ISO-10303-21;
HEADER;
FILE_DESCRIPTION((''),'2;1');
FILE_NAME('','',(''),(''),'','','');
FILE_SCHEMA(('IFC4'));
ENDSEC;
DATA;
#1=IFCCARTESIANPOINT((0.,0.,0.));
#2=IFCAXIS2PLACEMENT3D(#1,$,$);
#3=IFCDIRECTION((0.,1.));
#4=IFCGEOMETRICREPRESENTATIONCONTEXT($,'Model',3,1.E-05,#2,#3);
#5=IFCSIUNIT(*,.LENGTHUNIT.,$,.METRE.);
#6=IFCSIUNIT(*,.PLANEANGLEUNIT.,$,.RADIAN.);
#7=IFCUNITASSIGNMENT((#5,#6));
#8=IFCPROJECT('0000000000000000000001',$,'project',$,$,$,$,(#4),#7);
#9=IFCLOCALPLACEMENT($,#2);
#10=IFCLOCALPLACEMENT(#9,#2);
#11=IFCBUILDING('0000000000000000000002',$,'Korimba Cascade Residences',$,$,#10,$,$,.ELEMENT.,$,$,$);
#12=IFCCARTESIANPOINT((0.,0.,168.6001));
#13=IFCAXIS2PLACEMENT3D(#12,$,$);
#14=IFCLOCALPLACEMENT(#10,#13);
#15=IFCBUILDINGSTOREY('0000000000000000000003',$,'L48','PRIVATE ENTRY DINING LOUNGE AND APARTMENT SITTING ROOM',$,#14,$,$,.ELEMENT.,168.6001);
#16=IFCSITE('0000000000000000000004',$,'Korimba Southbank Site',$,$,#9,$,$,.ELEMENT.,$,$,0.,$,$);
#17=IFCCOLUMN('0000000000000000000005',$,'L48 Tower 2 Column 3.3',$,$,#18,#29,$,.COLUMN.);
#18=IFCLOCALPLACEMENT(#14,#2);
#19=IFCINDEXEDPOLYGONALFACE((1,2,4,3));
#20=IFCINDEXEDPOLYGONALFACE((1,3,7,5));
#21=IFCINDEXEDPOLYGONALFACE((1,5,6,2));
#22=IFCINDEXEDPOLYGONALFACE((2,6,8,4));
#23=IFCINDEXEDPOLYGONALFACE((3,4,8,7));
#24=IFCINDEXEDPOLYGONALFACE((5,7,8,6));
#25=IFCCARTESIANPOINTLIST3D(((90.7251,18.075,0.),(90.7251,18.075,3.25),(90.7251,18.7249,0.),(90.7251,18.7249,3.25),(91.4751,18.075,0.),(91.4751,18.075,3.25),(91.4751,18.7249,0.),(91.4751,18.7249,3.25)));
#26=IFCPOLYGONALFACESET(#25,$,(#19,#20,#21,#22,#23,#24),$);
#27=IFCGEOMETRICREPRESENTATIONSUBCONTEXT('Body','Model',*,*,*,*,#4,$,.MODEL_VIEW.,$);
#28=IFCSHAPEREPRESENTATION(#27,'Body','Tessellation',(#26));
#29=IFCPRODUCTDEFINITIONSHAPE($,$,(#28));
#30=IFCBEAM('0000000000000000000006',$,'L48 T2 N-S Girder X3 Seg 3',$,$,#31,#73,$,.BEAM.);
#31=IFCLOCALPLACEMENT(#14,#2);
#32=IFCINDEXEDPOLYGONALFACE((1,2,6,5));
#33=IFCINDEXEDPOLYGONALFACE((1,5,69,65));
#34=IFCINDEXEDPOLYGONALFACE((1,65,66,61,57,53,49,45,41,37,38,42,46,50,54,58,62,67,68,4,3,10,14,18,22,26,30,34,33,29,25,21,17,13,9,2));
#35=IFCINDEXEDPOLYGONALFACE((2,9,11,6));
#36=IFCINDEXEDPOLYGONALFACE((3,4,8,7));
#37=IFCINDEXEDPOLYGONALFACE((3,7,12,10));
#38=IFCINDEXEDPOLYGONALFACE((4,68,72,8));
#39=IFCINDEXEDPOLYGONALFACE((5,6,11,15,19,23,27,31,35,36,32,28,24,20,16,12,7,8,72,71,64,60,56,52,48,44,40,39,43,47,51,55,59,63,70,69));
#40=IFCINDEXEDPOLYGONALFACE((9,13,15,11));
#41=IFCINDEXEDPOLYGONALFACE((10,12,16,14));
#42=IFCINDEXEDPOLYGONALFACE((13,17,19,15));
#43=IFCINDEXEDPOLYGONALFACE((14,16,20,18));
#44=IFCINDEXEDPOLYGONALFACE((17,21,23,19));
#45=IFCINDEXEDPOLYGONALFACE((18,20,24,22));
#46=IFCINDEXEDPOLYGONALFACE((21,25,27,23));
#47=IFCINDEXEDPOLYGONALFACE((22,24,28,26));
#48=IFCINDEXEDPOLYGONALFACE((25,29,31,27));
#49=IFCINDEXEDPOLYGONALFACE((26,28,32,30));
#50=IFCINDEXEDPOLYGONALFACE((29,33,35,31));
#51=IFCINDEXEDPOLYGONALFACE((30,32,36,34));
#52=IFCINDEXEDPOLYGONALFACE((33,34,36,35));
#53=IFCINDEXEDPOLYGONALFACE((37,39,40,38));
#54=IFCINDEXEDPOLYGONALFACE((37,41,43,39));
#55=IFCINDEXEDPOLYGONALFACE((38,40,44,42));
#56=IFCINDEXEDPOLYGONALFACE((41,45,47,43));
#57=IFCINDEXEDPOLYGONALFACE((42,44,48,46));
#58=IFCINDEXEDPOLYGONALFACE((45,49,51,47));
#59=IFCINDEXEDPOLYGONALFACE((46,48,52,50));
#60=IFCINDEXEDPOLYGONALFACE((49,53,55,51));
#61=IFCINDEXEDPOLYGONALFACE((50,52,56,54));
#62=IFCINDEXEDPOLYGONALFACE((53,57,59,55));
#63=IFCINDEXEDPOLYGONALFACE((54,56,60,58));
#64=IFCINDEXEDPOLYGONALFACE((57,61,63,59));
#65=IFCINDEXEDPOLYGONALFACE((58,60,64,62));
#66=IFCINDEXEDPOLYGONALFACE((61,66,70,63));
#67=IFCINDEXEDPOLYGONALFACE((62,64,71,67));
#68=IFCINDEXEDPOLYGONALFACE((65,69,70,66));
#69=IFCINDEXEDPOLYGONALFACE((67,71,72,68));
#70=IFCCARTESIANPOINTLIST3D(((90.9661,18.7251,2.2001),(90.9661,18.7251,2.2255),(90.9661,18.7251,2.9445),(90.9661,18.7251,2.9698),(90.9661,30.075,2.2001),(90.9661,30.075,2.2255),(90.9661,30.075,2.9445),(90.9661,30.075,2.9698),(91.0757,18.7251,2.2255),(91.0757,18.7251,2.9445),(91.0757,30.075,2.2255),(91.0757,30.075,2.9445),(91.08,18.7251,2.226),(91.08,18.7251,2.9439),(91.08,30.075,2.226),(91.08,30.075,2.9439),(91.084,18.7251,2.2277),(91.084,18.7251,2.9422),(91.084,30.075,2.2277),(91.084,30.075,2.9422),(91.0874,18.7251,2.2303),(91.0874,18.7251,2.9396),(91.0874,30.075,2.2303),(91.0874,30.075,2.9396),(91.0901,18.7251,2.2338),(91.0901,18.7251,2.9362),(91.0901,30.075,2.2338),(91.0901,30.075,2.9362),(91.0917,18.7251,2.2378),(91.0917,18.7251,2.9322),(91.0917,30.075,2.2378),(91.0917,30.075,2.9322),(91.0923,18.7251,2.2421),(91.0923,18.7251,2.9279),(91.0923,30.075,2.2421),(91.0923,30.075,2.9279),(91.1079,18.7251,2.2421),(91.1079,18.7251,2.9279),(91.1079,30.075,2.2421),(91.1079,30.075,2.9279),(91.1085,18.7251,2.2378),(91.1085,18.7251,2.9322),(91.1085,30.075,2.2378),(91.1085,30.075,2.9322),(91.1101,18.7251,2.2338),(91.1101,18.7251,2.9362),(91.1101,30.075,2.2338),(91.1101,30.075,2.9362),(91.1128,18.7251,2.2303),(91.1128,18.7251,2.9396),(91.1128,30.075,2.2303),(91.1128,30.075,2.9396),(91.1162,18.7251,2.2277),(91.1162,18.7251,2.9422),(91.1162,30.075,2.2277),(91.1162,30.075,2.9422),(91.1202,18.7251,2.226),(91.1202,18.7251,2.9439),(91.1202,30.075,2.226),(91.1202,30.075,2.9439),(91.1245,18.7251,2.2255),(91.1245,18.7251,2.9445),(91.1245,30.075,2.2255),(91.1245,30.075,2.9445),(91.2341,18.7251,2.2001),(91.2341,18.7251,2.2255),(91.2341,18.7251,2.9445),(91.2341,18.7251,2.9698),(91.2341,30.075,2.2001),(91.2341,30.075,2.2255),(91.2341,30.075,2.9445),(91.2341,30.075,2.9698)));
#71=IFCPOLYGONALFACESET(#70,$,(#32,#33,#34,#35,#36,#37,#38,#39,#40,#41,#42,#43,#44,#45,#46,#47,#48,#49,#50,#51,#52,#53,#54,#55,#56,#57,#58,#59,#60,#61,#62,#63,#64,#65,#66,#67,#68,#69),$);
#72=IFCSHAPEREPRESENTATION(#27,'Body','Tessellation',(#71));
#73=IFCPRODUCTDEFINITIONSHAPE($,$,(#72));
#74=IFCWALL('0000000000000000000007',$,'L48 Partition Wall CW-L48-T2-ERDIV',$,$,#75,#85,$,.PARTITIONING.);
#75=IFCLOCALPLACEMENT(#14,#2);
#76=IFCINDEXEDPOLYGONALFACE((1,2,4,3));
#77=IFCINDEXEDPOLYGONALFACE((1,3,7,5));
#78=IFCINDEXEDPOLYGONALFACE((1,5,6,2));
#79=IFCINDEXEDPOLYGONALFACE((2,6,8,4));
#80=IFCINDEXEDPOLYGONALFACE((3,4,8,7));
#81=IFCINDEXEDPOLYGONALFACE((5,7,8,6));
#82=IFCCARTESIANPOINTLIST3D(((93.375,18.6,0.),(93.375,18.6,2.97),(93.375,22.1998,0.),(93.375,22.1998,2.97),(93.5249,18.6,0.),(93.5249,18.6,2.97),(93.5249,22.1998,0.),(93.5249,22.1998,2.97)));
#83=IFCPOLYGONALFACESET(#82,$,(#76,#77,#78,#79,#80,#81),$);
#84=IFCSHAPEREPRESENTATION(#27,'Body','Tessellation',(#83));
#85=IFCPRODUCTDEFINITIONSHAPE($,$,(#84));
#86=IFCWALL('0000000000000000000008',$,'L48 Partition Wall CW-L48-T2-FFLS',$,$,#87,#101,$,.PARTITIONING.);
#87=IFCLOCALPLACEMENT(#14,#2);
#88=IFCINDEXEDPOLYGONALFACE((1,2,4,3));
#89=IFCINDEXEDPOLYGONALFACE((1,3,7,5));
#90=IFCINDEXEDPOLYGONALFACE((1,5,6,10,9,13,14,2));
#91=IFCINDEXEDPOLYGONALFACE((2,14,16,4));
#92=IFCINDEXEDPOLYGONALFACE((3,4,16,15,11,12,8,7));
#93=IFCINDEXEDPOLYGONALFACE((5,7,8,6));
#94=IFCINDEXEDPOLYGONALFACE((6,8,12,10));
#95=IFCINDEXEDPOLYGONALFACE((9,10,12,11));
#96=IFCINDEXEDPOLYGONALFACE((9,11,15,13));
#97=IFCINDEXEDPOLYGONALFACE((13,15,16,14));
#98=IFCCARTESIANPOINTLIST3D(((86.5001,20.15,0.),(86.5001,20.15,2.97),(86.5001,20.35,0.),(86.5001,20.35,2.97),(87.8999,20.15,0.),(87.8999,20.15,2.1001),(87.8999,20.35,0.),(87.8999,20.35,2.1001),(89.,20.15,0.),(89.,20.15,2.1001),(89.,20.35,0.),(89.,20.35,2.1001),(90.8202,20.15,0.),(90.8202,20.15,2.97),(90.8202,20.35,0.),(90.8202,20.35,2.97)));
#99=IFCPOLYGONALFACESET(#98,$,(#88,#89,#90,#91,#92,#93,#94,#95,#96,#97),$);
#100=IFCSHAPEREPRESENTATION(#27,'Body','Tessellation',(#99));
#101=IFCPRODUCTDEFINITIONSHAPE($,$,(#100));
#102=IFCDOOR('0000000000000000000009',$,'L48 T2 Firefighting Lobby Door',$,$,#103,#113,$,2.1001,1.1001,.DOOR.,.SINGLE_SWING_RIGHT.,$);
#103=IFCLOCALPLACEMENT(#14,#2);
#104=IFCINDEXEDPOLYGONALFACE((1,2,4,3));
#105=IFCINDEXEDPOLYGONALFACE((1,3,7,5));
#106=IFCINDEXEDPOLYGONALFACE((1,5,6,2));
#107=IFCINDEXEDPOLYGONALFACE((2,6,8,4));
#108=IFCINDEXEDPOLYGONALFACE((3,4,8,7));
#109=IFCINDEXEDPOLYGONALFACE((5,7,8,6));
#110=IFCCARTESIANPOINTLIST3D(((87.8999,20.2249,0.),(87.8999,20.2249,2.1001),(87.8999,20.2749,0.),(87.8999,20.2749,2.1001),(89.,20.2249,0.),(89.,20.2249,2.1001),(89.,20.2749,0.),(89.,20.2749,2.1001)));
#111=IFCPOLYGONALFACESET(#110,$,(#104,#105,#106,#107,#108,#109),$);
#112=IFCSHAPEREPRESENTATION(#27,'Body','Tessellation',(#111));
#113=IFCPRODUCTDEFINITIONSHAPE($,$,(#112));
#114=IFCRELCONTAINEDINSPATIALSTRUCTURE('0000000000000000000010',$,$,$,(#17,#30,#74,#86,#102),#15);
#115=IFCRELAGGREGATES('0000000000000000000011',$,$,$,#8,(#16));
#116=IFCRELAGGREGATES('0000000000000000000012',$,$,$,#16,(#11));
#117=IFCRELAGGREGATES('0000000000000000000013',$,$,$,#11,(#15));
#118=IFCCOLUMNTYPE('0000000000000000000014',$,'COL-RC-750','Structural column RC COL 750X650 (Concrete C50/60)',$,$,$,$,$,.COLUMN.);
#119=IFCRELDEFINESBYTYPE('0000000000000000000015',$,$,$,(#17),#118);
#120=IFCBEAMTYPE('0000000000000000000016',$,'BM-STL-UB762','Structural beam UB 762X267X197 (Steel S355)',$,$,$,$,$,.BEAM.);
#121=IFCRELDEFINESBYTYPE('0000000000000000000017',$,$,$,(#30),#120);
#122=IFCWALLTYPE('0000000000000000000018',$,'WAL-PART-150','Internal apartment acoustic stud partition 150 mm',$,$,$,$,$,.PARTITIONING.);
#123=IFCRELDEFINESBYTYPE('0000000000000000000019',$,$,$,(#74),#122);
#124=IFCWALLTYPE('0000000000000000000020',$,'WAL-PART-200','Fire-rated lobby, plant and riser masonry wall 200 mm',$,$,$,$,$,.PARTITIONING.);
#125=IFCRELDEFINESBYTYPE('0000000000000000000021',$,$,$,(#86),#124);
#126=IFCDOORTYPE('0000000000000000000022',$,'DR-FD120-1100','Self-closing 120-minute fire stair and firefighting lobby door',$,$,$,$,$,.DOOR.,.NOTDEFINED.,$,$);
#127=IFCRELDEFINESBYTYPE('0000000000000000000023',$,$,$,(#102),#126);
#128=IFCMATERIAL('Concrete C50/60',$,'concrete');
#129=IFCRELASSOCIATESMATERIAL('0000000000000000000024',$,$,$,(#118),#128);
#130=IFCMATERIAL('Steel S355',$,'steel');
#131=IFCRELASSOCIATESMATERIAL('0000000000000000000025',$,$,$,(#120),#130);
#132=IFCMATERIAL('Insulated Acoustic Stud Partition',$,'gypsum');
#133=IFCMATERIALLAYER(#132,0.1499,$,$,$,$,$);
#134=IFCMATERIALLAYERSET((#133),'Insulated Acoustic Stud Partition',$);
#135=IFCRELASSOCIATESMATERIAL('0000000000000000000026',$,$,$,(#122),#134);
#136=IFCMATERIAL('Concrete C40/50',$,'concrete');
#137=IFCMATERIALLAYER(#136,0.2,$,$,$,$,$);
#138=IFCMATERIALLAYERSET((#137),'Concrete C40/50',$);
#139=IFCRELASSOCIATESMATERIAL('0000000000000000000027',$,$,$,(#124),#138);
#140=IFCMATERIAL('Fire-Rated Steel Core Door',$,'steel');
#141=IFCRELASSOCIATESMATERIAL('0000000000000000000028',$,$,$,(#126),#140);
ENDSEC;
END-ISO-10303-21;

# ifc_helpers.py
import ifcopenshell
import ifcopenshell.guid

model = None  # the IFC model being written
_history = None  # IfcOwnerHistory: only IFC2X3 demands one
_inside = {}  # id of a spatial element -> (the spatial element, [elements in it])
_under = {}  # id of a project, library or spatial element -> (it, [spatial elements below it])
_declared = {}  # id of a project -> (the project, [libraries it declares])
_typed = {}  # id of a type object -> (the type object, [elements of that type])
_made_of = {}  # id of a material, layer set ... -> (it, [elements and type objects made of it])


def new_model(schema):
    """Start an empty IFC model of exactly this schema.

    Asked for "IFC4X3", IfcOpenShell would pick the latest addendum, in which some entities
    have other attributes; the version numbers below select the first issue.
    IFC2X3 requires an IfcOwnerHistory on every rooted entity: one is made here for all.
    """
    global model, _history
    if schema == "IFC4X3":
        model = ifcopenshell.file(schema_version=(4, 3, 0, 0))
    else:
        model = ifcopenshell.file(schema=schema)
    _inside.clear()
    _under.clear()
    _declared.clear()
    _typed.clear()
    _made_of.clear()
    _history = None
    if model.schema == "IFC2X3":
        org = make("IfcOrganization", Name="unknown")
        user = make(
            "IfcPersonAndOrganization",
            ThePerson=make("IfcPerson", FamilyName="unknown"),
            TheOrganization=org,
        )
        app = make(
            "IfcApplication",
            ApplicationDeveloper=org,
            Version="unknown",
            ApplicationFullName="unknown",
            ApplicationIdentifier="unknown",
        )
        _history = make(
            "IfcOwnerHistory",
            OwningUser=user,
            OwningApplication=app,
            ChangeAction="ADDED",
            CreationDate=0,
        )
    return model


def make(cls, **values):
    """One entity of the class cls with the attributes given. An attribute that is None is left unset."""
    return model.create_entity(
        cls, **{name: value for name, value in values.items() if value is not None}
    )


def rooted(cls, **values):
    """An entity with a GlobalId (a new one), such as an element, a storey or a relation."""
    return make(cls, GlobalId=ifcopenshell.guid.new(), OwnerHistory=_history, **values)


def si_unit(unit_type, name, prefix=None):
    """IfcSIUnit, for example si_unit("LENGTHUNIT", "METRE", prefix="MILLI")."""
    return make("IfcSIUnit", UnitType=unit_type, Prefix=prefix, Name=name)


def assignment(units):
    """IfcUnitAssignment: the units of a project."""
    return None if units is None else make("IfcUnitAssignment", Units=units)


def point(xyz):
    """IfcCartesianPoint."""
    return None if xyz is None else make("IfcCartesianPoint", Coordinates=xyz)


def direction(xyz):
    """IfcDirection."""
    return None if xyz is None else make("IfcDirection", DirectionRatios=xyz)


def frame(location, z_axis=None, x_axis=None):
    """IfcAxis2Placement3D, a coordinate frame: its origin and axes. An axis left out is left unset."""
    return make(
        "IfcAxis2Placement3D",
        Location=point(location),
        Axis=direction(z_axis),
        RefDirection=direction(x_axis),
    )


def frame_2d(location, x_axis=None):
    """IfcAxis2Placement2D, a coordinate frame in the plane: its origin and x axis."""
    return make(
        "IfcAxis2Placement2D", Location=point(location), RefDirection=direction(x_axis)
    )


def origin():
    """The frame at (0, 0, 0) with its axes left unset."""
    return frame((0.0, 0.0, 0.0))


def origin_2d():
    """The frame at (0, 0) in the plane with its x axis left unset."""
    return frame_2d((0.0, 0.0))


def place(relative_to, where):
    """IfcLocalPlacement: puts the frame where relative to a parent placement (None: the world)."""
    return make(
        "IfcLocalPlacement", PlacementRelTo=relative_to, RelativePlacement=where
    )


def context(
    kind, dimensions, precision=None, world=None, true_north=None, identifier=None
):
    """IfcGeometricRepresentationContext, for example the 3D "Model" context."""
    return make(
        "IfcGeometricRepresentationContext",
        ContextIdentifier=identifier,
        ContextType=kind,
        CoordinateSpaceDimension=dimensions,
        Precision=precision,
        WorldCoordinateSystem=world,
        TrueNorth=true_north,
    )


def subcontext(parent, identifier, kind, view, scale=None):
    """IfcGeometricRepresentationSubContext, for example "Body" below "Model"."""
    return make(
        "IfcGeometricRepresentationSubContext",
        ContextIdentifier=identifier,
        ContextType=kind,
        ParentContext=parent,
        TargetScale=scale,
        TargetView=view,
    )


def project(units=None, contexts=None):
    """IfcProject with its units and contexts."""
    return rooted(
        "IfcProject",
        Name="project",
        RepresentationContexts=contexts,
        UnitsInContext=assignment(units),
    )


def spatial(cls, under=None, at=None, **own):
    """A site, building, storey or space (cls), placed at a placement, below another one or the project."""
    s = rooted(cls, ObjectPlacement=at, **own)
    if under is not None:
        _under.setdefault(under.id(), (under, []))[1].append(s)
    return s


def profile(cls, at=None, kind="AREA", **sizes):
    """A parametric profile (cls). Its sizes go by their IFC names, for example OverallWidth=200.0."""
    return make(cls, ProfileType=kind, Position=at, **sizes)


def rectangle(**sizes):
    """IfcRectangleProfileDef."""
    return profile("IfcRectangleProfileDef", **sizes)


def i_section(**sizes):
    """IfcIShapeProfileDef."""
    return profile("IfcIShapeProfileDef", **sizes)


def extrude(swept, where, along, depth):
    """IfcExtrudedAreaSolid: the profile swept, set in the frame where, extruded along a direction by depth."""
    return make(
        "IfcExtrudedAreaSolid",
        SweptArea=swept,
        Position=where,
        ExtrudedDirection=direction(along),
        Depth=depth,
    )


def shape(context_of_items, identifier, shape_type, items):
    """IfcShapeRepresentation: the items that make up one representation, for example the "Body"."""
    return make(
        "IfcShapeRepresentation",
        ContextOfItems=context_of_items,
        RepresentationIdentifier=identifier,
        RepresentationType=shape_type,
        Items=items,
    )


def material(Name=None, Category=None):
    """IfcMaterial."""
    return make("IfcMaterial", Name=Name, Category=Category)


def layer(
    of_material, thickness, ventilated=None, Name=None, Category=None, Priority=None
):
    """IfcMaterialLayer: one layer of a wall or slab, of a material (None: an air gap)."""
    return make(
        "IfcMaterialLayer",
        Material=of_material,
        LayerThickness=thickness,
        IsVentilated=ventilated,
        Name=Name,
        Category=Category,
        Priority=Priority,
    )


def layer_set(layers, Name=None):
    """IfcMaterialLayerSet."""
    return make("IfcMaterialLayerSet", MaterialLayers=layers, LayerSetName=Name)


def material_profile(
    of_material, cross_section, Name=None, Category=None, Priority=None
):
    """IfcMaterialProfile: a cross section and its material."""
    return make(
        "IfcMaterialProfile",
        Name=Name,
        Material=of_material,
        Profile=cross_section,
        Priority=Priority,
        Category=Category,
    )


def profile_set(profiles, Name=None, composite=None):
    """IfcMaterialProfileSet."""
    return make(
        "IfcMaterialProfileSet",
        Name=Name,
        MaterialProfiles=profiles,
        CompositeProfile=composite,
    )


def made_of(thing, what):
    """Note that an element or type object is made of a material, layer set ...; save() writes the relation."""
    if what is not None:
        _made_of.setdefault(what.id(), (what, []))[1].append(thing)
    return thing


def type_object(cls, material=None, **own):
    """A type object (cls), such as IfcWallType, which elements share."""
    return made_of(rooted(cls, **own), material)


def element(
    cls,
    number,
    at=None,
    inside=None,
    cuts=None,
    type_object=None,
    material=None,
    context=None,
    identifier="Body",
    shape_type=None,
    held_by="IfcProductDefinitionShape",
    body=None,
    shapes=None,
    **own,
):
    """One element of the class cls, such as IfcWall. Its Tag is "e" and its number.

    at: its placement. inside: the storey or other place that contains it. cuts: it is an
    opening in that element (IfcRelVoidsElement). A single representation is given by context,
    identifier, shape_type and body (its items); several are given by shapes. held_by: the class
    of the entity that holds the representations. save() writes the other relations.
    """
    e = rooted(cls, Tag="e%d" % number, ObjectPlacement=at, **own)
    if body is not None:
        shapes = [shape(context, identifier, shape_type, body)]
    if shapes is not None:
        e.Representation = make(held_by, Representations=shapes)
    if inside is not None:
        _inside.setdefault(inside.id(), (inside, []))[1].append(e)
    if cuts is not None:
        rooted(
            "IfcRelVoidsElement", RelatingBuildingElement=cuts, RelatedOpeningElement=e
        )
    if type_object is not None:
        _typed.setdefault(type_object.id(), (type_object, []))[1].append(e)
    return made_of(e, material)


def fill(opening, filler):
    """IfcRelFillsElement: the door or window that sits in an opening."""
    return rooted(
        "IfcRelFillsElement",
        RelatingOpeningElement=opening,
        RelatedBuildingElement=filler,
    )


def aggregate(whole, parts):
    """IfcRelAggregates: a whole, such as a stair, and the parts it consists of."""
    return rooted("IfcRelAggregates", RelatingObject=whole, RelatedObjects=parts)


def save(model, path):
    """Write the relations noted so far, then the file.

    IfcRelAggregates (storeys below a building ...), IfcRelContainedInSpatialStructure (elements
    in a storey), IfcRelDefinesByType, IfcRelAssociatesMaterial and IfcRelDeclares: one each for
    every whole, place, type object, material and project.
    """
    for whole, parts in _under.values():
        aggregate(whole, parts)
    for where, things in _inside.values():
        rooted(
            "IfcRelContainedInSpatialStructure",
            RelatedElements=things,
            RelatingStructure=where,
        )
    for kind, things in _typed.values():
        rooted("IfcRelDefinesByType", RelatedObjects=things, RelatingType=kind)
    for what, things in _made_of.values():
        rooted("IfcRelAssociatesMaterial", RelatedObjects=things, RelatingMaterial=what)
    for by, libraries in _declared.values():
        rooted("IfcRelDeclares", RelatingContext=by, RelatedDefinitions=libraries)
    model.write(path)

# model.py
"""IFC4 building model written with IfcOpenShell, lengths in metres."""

from ifc_helpers import new_model, si_unit, direction, frame, frame_2d, origin, origin_2d, place, context, subcontext, project, spatial, rectangle, i_section, extrude, material, layer, layer_set, material_profile, profile_set, type_object, element, fill, save


model = new_model("IFC4")

# Units and contexts
model_context = context("Model", 3, precision=1e-05, world=origin(), true_north=direction((0.0, 1.0)))
body_context = subcontext(model_context, "Body", "Model", "MODEL_VIEW")
ifc_project = project(units=[si_unit("LENGTHUNIT", "METRE"), si_unit("PLANEANGLEUNIT", "RADIAN")], contexts=[model_context])

# Site, building, storey
site_placement = place(None, origin())
site = spatial("IfcSite", under=ifc_project, at=site_placement, Name="Korimba Southbank Site", CompositionType="ELEMENT", RefElevation=0.0)
building_placement = place(site_placement, origin())
building = spatial("IfcBuilding", under=site, at=building_placement, Name="Korimba Cascade Residences", CompositionType="ELEMENT")
storey_placement = place(building_placement, frame((0.0, 0.0, 168.6001)))
storey = spatial("IfcBuildingStorey", under=building, at=storey_placement, Name="L48", Description="PRIVATE ENTRY DINING LOUNGE AND APARTMENT SITTING ROOM", CompositionType="ELEMENT", Elevation=168.6001)

# Column
ifc_material_1 = material(Name="Concrete C50/60", Category="concrete")
ifc_material_profile_1 = material_profile(ifc_material_1, rectangle(XDim=0.75, YDim=0.6499, at=origin_2d()), Name="Concrete C50/60")
ifc_profile_set_1 = profile_set([ifc_material_profile_1], Name="Concrete C50/60")
column_type = type_object("IfcColumnType", Name="COL-RC-750", Description="Structural column RC COL 750X650 (Concrete C50/60)", PredefinedType="COLUMN", material=ifc_profile_set_1)
column_placement = place(storey_placement, frame((91.1001, 18.3999, 0.0), z_axis=(0.0, 0.0, 1.0), x_axis=(1.0, 0.0, 0.0)))
element("IfcColumn", 1, at=column_placement, inside=storey, type_object=column_type, Name="L48 Tower 2 Column 3.3", PredefinedType="COLUMN", context=body_context, shape_type="SweptSolid", body=[
    extrude(rectangle(XDim=0.75, YDim=0.6499, at=origin_2d()), origin(), (0.0, 0.0, 1.0), 3.25),
])

# Beam
ifc_material_2 = material(Name="Steel S355", Category="steel")
ifc_material_profile_2 = material_profile(ifc_material_2, i_section(OverallWidth=0.2681, OverallDepth=0.7698, WebThickness=0.0156, FlangeThickness=0.0254, FilletRadius=0.0166, at=origin_2d()), Name="Steel S355")
ifc_profile_set_2 = profile_set([ifc_material_profile_2], Name="Steel S355")
beam_type = type_object("IfcBeamType", Name="BM-STL-UB762", Description="Structural beam UB 762X267X197 (Steel S355)", PredefinedType="BEAM", material=ifc_profile_set_2)
beam_placement = place(storey_placement, frame((91.1001, 18.7251, 2.585), z_axis=(0.0, 1.0, 0.0), x_axis=(-1.0, 0.0, 0.0)))
element("IfcBeam", 2, at=beam_placement, inside=storey, type_object=beam_type, Name="L48 T2 N-S Girder X3 Seg 3", PredefinedType="BEAM", context=body_context, shape_type="SweptSolid", body=[
    extrude(i_section(OverallWidth=0.2681, OverallDepth=0.7698, WebThickness=0.0156, FlangeThickness=0.0254, FilletRadius=0.0166, at=origin_2d()), origin(), (0.0, 0.0, 1.0), 11.3499),
])

# Wall
ifc_material_3 = material(Name="Insulated Acoustic Stud Partition", Category="gypsum")
ifc_layer_1 = layer(ifc_material_3, 0.1499)
ifc_layer_set_1 = layer_set([ifc_layer_1], Name="Insulated Acoustic Stud Partition")
wall_type_1 = type_object("IfcWallType", Name="WAL-PART-150", Description="Internal apartment acoustic stud partition 150 mm", PredefinedType="PARTITIONING", material=ifc_layer_set_1)
wall_1_placement = place(storey_placement, frame((93.45, 18.6001, 0.0), z_axis=(0.0, 0.0, 1.0), x_axis=(0.0, 1.0, 0.0)))
element("IfcWall", 3, at=wall_1_placement, inside=storey, type_object=wall_type_1, Name="L48 Partition Wall CW-L48-T2-ERDIV", PredefinedType="PARTITIONING", context=body_context, shape_type="SweptSolid", body=[
    extrude(rectangle(XDim=3.5999, YDim=0.1499, at=frame_2d((1.7998, 0.0))), origin(), (0.0, 0.0, 1.0), 2.97),
])

# Wall, opening, door
ifc_material_4 = material(Name="Concrete C40/50", Category="concrete")
ifc_layer_2 = layer(ifc_material_4, 0.2)
ifc_layer_set_2 = layer_set([ifc_layer_2], Name="Concrete C40/50")
wall_type_2 = type_object("IfcWallType", Name="WAL-PART-200", Description="Fire-rated lobby, plant and riser masonry wall 200 mm", PredefinedType="PARTITIONING", material=ifc_layer_set_2)
wall_2_placement = place(storey_placement, frame((86.5, 20.25, 0.0), z_axis=(0.0, 0.0, 1.0), x_axis=(1.0, 0.0, 0.0)))
wall_2 = element("IfcWall", 4, at=wall_2_placement, inside=storey, type_object=wall_type_2, Name="L48 Partition Wall CW-L48-T2-FFLS", PredefinedType="PARTITIONING", context=body_context, shape_type="SweptSolid", body=[
    extrude(rectangle(XDim=4.3201, YDim=0.2, at=frame_2d((2.1602, 0.0))), origin(), (0.0, 0.0, 1.0), 2.97),
])
opening_1_placement = place(wall_2_placement, frame((1.3999, 0.0, 0.0)))
opening_1 = element("IfcOpeningElement", 5, at=opening_1_placement, cuts=wall_2, PredefinedType="OPENING", context=body_context, shape_type="SweptSolid", body=[
    extrude(rectangle(XDim=1.1001, YDim=2.1001, at=frame_2d((0.55, 1.05))), frame((0.0, 0.1099, 0.0), z_axis=(0.0, -1.0, 0.0), x_axis=(1.0, 0.0, 0.0)), (0.0, 0.0, 1.0), 0.22),
])
ifc_material_5 = material(Name="Fire-Rated Steel Core Door", Category="steel")
door_type_1 = type_object("IfcDoorType", Name="DR-FD120-1100", Description="Self-closing 120-minute fire stair and firefighting lobby door", OperationType="NOTDEFINED", PredefinedType="DOOR", material=ifc_material_5)
door_1_placement = place(opening_1_placement, origin())
door_1 = element("IfcDoor", 6, at=door_1_placement, inside=storey, type_object=door_type_1, Name="L48 T2 Firefighting Lobby Door", OperationType="SINGLE_SWING_RIGHT", OverallHeight=2.1001, OverallWidth=1.1001, PredefinedType="DOOR", context=body_context, shape_type="SweptSolid", body=[
    extrude(rectangle(XDim=1.1001, YDim=2.1001, at=frame_2d((0.55, 1.05))), frame((0.0, 0.0249, 0.0), z_axis=(0.0, -1.0, 0.0), x_axis=(1.0, 0.0, 0.0)), (0.0, 0.0, 1.0), 0.05),
])
fill(opening_1, door_1)

save(model, "model.ifc")
